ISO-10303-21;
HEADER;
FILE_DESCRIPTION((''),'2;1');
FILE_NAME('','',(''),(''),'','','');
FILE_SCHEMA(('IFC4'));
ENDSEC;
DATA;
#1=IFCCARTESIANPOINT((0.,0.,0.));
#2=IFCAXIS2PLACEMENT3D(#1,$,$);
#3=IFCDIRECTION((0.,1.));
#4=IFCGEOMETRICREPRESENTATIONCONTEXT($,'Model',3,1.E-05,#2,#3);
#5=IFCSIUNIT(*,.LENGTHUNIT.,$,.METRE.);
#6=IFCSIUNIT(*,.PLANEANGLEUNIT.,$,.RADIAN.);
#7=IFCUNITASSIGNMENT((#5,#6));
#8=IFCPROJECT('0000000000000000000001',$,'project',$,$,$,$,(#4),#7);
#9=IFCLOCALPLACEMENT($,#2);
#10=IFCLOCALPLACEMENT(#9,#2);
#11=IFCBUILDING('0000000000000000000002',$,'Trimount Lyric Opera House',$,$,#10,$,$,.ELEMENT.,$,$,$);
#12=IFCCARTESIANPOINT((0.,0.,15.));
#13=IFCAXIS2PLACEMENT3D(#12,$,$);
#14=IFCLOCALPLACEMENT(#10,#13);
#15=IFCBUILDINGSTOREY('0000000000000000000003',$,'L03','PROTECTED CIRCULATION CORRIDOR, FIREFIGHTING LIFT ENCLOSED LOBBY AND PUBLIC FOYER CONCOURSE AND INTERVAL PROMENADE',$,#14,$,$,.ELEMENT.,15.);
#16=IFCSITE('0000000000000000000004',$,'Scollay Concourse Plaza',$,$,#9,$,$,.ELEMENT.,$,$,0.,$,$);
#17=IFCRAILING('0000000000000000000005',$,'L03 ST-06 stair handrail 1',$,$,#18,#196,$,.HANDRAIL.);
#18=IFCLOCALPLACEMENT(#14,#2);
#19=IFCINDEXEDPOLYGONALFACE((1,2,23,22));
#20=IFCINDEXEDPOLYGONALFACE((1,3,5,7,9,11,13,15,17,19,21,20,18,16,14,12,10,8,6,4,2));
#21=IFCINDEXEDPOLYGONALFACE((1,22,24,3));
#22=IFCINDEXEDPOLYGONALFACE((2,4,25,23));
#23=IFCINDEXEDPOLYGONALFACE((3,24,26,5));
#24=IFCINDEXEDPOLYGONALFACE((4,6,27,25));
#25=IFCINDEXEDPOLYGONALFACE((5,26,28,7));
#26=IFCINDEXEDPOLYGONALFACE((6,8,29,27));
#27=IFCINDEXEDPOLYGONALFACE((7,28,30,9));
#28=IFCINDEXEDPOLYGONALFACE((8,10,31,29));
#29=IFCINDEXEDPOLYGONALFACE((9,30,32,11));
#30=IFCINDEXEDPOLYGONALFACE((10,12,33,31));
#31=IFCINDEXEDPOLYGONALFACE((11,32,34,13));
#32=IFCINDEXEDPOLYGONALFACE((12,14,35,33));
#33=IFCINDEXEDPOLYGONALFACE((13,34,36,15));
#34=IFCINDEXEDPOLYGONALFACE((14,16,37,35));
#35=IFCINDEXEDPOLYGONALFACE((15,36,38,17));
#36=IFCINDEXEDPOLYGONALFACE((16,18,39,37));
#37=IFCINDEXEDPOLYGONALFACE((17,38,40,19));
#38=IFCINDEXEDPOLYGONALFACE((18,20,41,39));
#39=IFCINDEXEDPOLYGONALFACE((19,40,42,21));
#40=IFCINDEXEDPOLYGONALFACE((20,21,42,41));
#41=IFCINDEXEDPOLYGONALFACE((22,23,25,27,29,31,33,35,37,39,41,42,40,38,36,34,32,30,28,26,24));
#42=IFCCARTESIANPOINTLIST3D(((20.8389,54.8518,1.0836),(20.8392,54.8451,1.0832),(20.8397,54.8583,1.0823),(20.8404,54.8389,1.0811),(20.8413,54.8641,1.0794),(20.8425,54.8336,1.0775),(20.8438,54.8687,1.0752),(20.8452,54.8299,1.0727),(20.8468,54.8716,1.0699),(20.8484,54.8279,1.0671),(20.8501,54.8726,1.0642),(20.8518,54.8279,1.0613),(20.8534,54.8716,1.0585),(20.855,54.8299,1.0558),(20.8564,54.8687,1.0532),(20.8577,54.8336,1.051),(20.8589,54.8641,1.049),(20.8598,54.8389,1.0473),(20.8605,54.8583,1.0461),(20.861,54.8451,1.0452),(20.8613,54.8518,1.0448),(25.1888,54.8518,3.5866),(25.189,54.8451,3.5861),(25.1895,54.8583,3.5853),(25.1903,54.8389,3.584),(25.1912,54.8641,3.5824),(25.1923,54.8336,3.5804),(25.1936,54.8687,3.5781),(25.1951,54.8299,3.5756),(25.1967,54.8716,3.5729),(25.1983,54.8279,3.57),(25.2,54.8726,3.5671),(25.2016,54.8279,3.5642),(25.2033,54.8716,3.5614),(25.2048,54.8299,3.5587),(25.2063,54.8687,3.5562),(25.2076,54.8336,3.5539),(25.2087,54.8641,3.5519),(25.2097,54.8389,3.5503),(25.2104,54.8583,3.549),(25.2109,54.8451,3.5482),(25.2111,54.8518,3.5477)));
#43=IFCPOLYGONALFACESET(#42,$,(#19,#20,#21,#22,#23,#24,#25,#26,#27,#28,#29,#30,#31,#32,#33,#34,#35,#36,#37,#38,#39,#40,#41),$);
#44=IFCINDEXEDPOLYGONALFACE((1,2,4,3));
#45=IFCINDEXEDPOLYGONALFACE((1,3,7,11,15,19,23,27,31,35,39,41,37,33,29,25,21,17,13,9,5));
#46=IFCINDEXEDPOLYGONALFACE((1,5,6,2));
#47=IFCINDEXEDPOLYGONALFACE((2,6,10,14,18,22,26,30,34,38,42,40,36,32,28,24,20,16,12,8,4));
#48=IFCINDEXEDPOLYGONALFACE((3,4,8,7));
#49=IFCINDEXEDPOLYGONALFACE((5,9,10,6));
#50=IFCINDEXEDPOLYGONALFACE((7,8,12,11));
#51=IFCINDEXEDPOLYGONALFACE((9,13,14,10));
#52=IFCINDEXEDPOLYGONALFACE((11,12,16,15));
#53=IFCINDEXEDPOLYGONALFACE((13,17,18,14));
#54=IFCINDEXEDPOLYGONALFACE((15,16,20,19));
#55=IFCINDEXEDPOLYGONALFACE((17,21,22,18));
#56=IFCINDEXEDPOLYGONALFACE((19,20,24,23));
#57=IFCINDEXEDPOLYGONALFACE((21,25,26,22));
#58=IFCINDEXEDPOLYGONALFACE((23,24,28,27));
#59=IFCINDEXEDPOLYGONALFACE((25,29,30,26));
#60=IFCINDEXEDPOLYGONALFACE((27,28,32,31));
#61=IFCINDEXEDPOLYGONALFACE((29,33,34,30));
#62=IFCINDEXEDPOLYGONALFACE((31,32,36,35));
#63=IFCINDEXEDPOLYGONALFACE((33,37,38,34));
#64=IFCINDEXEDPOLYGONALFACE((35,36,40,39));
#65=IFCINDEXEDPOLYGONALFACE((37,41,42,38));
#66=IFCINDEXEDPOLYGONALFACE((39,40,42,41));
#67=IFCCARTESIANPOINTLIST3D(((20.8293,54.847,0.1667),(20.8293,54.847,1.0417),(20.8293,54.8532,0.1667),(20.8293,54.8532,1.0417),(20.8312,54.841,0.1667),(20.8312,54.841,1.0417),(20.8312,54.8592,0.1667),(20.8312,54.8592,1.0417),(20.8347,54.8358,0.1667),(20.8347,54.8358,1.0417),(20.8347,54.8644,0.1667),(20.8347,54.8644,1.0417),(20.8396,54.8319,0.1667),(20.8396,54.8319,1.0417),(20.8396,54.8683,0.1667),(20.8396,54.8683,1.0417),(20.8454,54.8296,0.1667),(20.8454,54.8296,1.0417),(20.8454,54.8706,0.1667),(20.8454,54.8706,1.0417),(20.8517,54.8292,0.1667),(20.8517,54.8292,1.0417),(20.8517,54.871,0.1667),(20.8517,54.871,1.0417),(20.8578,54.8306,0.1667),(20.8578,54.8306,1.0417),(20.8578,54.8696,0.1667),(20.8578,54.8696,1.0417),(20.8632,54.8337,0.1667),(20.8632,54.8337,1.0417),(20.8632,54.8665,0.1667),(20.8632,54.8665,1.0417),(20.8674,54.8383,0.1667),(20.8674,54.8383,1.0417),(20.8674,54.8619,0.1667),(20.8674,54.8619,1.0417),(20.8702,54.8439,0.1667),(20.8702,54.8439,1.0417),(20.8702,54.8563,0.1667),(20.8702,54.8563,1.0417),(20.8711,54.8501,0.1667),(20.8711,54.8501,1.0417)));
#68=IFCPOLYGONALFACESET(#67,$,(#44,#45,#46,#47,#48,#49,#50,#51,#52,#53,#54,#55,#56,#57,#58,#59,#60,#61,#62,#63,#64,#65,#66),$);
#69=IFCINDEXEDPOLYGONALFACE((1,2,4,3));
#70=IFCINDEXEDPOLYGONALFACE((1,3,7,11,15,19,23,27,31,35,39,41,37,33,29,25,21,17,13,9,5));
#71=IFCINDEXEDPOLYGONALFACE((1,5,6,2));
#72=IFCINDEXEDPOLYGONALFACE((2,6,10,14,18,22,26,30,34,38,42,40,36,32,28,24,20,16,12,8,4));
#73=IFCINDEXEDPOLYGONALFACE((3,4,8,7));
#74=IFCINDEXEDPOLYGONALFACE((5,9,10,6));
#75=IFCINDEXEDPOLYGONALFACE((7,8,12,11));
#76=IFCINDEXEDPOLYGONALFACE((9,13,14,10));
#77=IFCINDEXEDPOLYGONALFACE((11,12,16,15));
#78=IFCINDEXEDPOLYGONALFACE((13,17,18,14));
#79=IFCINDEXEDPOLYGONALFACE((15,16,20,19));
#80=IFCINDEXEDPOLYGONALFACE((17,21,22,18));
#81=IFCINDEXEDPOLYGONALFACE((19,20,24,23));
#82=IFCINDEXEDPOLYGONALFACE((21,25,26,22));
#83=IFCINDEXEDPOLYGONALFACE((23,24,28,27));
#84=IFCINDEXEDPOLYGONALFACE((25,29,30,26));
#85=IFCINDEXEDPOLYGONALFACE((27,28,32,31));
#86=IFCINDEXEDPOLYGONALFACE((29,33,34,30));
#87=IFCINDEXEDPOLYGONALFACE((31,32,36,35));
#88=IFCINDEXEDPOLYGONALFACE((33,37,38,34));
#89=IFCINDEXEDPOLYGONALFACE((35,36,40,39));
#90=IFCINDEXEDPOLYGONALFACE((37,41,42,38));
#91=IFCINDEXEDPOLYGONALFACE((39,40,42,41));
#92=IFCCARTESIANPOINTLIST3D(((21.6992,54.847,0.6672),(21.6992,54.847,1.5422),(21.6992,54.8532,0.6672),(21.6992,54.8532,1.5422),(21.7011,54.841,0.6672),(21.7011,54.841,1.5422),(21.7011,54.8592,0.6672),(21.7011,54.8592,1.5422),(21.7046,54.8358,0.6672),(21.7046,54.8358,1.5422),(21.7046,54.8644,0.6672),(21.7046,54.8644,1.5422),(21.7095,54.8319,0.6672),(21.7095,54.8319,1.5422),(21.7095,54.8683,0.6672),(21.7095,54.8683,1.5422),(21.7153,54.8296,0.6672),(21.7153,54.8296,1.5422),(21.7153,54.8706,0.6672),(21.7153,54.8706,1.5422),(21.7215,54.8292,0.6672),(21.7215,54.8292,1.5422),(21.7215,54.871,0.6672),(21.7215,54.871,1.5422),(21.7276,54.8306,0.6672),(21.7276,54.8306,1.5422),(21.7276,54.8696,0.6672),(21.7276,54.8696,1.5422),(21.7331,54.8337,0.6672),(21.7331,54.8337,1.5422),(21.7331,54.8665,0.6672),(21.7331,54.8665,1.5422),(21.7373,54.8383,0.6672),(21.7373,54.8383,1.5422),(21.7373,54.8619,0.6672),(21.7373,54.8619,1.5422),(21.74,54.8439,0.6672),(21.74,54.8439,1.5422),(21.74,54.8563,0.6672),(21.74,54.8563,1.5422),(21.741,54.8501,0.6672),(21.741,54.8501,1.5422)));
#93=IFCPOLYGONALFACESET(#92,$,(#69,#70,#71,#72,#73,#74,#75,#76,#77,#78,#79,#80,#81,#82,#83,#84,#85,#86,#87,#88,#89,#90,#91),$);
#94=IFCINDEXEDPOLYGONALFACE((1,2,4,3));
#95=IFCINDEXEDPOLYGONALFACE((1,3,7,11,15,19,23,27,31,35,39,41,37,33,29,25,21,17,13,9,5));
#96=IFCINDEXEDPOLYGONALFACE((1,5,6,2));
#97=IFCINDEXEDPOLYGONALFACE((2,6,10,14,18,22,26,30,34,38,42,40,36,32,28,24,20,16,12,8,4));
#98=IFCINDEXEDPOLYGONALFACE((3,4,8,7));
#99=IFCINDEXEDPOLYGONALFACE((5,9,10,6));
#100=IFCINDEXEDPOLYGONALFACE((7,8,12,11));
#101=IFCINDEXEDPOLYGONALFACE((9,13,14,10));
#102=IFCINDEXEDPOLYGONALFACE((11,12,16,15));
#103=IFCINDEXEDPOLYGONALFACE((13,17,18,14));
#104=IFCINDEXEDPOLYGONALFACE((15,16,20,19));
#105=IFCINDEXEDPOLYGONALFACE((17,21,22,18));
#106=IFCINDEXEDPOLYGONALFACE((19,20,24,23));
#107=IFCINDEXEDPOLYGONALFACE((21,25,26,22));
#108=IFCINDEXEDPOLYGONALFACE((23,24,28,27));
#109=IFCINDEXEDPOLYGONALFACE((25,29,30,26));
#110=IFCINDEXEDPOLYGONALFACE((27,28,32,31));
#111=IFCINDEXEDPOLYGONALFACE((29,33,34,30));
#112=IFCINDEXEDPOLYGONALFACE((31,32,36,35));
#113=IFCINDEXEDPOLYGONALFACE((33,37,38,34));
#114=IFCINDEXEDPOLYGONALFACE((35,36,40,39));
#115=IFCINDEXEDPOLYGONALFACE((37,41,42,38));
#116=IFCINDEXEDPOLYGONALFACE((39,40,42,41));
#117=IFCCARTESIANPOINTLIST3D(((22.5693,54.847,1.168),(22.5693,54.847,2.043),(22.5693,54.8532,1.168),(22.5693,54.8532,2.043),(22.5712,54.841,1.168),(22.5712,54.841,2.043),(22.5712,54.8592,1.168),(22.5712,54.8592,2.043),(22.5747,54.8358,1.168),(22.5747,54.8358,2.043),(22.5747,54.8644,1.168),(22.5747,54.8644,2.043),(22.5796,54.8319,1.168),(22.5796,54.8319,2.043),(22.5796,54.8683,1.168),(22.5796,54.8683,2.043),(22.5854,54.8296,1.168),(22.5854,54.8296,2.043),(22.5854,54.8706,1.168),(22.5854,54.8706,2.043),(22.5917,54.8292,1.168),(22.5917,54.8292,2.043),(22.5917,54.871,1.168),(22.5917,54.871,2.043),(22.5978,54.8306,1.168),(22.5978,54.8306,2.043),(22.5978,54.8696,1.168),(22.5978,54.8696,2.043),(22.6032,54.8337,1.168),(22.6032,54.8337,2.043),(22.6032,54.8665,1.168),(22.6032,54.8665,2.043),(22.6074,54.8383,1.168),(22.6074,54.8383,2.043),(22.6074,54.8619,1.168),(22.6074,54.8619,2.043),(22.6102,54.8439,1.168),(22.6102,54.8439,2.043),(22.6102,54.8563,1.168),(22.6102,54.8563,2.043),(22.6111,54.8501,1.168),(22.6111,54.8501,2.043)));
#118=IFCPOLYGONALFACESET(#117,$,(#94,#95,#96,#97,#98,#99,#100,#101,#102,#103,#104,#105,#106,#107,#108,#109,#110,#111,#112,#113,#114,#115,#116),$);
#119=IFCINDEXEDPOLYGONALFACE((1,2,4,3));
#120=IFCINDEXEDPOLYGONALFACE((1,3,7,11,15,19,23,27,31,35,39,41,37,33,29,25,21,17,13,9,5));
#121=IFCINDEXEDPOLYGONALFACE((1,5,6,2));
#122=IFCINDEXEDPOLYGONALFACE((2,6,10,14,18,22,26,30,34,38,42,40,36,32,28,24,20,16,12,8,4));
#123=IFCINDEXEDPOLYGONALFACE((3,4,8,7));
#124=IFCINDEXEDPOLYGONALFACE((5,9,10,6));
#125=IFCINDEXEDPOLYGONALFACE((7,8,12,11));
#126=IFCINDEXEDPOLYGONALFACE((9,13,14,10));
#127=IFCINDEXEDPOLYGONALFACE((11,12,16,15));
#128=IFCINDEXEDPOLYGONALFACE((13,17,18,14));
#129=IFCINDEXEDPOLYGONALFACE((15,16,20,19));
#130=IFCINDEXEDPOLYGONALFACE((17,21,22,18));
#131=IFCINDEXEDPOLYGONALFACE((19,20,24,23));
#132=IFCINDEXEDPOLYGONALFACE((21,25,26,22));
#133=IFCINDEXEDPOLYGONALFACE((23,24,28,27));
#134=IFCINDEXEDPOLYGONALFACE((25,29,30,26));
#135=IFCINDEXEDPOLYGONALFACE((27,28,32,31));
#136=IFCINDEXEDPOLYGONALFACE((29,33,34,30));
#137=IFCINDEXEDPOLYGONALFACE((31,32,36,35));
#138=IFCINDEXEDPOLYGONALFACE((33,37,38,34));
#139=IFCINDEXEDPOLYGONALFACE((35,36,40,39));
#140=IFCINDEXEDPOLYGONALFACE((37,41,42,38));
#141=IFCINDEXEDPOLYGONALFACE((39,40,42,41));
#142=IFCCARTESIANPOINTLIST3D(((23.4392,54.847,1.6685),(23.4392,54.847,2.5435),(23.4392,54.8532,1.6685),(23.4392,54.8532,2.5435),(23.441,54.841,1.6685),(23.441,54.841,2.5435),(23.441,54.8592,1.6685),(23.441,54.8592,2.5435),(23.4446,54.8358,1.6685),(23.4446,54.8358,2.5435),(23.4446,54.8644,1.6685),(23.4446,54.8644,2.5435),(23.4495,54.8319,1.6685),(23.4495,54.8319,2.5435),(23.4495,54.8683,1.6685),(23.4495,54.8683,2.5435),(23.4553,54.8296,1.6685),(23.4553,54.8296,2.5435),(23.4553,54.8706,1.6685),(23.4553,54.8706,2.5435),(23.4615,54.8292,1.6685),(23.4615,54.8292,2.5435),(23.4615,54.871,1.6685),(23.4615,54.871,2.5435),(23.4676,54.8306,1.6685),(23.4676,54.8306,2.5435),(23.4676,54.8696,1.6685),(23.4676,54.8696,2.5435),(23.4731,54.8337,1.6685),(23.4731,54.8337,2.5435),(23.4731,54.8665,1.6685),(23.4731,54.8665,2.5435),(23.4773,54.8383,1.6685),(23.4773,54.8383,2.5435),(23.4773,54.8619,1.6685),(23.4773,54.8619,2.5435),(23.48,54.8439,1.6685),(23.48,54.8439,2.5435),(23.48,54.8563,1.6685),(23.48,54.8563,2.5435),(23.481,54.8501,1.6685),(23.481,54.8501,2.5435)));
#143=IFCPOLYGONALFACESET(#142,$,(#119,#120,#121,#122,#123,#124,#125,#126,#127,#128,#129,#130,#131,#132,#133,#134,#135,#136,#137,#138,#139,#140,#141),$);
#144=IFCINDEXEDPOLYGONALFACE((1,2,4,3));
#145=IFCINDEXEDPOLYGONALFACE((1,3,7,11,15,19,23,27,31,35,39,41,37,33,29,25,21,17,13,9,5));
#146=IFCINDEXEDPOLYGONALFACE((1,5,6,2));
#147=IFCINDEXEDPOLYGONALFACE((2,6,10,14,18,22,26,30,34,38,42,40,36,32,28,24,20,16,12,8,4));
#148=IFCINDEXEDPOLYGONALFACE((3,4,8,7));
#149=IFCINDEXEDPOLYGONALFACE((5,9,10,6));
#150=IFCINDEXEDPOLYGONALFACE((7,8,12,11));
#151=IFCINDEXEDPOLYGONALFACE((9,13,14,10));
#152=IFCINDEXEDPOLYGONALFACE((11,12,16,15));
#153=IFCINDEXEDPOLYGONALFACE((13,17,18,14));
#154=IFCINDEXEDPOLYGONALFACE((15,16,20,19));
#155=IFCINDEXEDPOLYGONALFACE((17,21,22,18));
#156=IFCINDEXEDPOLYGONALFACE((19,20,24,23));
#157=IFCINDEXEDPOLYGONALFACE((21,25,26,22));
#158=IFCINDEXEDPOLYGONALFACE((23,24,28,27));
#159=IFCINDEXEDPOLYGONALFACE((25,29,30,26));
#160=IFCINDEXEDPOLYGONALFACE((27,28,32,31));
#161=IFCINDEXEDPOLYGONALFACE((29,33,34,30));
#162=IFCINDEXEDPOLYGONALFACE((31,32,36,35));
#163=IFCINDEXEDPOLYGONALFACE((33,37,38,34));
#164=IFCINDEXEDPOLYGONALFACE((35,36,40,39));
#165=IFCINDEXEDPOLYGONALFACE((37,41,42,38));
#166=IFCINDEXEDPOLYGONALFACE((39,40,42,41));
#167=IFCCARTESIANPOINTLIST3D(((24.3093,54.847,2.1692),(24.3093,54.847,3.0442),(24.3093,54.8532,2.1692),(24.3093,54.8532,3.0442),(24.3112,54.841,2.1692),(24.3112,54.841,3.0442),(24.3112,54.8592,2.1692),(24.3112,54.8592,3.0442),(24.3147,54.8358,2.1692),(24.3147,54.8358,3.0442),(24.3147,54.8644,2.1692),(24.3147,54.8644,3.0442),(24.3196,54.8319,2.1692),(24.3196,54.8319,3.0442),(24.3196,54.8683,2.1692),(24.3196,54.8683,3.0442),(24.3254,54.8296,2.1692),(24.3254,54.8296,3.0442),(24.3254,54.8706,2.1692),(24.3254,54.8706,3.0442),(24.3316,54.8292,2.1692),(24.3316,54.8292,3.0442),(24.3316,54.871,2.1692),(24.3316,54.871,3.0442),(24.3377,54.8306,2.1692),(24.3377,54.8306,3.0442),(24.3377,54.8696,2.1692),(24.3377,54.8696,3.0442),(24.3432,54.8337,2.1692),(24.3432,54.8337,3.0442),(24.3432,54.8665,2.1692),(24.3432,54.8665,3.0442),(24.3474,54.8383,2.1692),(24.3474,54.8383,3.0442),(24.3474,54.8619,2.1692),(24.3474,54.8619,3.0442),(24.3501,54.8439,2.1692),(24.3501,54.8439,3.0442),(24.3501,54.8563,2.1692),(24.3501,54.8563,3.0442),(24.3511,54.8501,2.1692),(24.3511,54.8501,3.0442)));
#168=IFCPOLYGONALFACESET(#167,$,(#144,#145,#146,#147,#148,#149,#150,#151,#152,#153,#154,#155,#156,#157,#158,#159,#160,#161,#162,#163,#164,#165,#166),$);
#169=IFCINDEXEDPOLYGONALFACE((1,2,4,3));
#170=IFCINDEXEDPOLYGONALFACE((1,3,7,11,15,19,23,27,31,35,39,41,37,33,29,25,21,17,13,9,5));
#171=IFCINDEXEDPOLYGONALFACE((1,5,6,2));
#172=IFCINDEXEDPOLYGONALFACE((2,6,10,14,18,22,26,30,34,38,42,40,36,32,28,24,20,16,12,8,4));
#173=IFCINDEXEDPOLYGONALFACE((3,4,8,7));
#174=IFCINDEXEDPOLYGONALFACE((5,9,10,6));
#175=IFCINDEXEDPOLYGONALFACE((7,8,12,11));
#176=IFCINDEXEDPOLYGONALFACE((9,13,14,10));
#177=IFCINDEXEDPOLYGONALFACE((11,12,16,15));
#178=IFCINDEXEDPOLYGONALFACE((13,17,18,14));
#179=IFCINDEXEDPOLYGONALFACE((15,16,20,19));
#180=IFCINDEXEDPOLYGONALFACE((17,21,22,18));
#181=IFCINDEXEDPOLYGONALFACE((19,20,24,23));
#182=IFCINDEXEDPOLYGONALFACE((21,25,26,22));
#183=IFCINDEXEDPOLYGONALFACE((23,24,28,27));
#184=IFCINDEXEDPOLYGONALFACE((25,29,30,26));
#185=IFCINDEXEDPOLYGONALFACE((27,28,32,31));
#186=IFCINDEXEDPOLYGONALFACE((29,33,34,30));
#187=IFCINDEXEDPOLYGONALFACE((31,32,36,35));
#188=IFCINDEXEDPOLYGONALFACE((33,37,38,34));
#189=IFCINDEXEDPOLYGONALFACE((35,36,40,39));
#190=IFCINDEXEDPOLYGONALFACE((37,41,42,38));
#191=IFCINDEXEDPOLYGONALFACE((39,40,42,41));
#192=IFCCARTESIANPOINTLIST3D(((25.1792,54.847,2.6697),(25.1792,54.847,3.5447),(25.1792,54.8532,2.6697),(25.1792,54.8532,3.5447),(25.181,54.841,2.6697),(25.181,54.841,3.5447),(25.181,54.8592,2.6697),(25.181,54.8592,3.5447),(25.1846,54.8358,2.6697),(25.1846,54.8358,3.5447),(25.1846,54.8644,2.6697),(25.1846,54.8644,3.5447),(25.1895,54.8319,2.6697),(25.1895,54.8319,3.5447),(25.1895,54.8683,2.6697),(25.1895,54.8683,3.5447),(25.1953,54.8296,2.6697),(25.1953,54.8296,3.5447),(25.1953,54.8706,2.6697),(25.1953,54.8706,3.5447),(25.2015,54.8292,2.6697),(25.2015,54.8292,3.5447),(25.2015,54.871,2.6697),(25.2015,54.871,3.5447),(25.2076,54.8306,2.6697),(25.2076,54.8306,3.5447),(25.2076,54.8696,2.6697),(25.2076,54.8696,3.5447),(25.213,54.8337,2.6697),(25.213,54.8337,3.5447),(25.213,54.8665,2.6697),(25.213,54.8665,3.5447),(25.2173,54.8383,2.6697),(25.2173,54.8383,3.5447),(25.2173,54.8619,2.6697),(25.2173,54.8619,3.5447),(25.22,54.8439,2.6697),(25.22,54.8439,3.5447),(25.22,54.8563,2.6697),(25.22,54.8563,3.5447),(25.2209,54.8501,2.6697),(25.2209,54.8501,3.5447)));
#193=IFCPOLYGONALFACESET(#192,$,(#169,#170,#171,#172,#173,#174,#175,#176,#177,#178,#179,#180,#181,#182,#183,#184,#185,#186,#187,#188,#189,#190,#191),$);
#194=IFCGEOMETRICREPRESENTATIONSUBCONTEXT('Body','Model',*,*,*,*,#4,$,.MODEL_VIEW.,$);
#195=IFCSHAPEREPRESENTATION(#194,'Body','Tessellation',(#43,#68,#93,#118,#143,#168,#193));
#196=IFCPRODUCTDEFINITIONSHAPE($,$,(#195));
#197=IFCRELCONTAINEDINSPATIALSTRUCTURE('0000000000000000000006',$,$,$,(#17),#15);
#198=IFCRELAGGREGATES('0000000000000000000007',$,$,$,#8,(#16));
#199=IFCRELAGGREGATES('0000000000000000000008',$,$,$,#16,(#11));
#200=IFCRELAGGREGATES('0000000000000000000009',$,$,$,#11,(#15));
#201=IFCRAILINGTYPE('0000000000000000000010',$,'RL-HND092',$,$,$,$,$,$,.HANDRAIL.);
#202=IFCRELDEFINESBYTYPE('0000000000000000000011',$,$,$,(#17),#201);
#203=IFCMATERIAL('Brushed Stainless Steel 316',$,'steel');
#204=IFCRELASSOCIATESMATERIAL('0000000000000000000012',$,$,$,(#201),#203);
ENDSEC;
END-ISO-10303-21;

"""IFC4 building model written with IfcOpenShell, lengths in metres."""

from ifc_helpers import new_model, si_unit, direction, frame, origin, origin_2d, place, context, subcontext, project, spatial, circle, extrude, material, type_object, element, save


model = new_model("IFC4")

# Units and contexts
model_context = context("Model", 3, precision=1e-05, world=origin(), true_north=direction((0.0, 1.0)))
body_context = subcontext(model_context, "Body", "Model", "MODEL_VIEW")
ifc_project = project(units=[si_unit("LENGTHUNIT", "METRE"), si_unit("PLANEANGLEUNIT", "RADIAN")], contexts=[model_context])

# Site, building, storey
site_placement = place(None, origin())
site = spatial("IfcSite", under=ifc_project, at=site_placement, Name="Scollay Concourse Plaza", CompositionType="ELEMENT", RefElevation=0.0)
building_placement = place(site_placement, origin())
building = spatial("IfcBuilding", under=site, at=building_placement, Name="Trimount Lyric Opera House", CompositionType="ELEMENT")
storey_placement = place(building_placement, frame((0.0, 0.0, 15.0)))
storey = spatial("IfcBuildingStorey", under=building, at=storey_placement, Name="L03", Description="PROTECTED CIRCULATION CORRIDOR, FIREFIGHTING LIFT ENCLOSED LOBBY AND PUBLIC FOYER CONCOURSE AND INTERVAL PROMENADE", CompositionType="ELEMENT", Elevation=15.0)

# Railing
ifc_material_1 = material(Name="Brushed Stainless Steel 316", Category="steel")
railing_type_1 = type_object("IfcRailingType", Name="RL-HND092", PredefinedType="HANDRAIL", material=ifc_material_1)
railing_1_placement = place(storey_placement, frame((20.8501, 54.8501, 0.1667)))
element("IfcRailing", 1, at=railing_1_placement, inside=storey, type_object=railing_type_1, Name="L03 ST-06 stair handrail 1", PredefinedType="HANDRAIL", context=body_context, shape_type="SweptSolid", body=[
    extrude(circle(Radius=0.0225, at=origin_2d()), frame((0.0, 0.0, 0.8975), z_axis=(0.866754, 0.0, 0.498735), x_axis=(0.0, 1.0, 0.0)), (0.0, 0.0, 1.0), 5.0186),
    extrude(circle(Radius=0.021, at=origin_2d()), origin(), (0.0, 0.0, 1.0), 0.875),
    extrude(circle(Radius=0.021, at=origin_2d()), frame((0.8699, 0.0, 0.5005)), (0.0, 0.0, 1.0), 0.875),
    extrude(circle(Radius=0.021, at=origin_2d()), frame((1.74, 0.0, 1.0012)), (0.0, 0.0, 1.0), 0.875),
    extrude(circle(Radius=0.021, at=origin_2d()), frame((2.6099, 0.0, 1.5017)), (0.0, 0.0, 1.0), 0.875),
    extrude(circle(Radius=0.021, at=origin_2d()), frame((3.48, 0.0, 2.0024)), (0.0, 0.0, 1.0), 0.875),
    extrude(circle(Radius=0.021, at=origin_2d()), frame((4.3499, 0.0, 2.5029)), (0.0, 0.0, 1.0), 0.875),
])

save(model, "model.ifc")
